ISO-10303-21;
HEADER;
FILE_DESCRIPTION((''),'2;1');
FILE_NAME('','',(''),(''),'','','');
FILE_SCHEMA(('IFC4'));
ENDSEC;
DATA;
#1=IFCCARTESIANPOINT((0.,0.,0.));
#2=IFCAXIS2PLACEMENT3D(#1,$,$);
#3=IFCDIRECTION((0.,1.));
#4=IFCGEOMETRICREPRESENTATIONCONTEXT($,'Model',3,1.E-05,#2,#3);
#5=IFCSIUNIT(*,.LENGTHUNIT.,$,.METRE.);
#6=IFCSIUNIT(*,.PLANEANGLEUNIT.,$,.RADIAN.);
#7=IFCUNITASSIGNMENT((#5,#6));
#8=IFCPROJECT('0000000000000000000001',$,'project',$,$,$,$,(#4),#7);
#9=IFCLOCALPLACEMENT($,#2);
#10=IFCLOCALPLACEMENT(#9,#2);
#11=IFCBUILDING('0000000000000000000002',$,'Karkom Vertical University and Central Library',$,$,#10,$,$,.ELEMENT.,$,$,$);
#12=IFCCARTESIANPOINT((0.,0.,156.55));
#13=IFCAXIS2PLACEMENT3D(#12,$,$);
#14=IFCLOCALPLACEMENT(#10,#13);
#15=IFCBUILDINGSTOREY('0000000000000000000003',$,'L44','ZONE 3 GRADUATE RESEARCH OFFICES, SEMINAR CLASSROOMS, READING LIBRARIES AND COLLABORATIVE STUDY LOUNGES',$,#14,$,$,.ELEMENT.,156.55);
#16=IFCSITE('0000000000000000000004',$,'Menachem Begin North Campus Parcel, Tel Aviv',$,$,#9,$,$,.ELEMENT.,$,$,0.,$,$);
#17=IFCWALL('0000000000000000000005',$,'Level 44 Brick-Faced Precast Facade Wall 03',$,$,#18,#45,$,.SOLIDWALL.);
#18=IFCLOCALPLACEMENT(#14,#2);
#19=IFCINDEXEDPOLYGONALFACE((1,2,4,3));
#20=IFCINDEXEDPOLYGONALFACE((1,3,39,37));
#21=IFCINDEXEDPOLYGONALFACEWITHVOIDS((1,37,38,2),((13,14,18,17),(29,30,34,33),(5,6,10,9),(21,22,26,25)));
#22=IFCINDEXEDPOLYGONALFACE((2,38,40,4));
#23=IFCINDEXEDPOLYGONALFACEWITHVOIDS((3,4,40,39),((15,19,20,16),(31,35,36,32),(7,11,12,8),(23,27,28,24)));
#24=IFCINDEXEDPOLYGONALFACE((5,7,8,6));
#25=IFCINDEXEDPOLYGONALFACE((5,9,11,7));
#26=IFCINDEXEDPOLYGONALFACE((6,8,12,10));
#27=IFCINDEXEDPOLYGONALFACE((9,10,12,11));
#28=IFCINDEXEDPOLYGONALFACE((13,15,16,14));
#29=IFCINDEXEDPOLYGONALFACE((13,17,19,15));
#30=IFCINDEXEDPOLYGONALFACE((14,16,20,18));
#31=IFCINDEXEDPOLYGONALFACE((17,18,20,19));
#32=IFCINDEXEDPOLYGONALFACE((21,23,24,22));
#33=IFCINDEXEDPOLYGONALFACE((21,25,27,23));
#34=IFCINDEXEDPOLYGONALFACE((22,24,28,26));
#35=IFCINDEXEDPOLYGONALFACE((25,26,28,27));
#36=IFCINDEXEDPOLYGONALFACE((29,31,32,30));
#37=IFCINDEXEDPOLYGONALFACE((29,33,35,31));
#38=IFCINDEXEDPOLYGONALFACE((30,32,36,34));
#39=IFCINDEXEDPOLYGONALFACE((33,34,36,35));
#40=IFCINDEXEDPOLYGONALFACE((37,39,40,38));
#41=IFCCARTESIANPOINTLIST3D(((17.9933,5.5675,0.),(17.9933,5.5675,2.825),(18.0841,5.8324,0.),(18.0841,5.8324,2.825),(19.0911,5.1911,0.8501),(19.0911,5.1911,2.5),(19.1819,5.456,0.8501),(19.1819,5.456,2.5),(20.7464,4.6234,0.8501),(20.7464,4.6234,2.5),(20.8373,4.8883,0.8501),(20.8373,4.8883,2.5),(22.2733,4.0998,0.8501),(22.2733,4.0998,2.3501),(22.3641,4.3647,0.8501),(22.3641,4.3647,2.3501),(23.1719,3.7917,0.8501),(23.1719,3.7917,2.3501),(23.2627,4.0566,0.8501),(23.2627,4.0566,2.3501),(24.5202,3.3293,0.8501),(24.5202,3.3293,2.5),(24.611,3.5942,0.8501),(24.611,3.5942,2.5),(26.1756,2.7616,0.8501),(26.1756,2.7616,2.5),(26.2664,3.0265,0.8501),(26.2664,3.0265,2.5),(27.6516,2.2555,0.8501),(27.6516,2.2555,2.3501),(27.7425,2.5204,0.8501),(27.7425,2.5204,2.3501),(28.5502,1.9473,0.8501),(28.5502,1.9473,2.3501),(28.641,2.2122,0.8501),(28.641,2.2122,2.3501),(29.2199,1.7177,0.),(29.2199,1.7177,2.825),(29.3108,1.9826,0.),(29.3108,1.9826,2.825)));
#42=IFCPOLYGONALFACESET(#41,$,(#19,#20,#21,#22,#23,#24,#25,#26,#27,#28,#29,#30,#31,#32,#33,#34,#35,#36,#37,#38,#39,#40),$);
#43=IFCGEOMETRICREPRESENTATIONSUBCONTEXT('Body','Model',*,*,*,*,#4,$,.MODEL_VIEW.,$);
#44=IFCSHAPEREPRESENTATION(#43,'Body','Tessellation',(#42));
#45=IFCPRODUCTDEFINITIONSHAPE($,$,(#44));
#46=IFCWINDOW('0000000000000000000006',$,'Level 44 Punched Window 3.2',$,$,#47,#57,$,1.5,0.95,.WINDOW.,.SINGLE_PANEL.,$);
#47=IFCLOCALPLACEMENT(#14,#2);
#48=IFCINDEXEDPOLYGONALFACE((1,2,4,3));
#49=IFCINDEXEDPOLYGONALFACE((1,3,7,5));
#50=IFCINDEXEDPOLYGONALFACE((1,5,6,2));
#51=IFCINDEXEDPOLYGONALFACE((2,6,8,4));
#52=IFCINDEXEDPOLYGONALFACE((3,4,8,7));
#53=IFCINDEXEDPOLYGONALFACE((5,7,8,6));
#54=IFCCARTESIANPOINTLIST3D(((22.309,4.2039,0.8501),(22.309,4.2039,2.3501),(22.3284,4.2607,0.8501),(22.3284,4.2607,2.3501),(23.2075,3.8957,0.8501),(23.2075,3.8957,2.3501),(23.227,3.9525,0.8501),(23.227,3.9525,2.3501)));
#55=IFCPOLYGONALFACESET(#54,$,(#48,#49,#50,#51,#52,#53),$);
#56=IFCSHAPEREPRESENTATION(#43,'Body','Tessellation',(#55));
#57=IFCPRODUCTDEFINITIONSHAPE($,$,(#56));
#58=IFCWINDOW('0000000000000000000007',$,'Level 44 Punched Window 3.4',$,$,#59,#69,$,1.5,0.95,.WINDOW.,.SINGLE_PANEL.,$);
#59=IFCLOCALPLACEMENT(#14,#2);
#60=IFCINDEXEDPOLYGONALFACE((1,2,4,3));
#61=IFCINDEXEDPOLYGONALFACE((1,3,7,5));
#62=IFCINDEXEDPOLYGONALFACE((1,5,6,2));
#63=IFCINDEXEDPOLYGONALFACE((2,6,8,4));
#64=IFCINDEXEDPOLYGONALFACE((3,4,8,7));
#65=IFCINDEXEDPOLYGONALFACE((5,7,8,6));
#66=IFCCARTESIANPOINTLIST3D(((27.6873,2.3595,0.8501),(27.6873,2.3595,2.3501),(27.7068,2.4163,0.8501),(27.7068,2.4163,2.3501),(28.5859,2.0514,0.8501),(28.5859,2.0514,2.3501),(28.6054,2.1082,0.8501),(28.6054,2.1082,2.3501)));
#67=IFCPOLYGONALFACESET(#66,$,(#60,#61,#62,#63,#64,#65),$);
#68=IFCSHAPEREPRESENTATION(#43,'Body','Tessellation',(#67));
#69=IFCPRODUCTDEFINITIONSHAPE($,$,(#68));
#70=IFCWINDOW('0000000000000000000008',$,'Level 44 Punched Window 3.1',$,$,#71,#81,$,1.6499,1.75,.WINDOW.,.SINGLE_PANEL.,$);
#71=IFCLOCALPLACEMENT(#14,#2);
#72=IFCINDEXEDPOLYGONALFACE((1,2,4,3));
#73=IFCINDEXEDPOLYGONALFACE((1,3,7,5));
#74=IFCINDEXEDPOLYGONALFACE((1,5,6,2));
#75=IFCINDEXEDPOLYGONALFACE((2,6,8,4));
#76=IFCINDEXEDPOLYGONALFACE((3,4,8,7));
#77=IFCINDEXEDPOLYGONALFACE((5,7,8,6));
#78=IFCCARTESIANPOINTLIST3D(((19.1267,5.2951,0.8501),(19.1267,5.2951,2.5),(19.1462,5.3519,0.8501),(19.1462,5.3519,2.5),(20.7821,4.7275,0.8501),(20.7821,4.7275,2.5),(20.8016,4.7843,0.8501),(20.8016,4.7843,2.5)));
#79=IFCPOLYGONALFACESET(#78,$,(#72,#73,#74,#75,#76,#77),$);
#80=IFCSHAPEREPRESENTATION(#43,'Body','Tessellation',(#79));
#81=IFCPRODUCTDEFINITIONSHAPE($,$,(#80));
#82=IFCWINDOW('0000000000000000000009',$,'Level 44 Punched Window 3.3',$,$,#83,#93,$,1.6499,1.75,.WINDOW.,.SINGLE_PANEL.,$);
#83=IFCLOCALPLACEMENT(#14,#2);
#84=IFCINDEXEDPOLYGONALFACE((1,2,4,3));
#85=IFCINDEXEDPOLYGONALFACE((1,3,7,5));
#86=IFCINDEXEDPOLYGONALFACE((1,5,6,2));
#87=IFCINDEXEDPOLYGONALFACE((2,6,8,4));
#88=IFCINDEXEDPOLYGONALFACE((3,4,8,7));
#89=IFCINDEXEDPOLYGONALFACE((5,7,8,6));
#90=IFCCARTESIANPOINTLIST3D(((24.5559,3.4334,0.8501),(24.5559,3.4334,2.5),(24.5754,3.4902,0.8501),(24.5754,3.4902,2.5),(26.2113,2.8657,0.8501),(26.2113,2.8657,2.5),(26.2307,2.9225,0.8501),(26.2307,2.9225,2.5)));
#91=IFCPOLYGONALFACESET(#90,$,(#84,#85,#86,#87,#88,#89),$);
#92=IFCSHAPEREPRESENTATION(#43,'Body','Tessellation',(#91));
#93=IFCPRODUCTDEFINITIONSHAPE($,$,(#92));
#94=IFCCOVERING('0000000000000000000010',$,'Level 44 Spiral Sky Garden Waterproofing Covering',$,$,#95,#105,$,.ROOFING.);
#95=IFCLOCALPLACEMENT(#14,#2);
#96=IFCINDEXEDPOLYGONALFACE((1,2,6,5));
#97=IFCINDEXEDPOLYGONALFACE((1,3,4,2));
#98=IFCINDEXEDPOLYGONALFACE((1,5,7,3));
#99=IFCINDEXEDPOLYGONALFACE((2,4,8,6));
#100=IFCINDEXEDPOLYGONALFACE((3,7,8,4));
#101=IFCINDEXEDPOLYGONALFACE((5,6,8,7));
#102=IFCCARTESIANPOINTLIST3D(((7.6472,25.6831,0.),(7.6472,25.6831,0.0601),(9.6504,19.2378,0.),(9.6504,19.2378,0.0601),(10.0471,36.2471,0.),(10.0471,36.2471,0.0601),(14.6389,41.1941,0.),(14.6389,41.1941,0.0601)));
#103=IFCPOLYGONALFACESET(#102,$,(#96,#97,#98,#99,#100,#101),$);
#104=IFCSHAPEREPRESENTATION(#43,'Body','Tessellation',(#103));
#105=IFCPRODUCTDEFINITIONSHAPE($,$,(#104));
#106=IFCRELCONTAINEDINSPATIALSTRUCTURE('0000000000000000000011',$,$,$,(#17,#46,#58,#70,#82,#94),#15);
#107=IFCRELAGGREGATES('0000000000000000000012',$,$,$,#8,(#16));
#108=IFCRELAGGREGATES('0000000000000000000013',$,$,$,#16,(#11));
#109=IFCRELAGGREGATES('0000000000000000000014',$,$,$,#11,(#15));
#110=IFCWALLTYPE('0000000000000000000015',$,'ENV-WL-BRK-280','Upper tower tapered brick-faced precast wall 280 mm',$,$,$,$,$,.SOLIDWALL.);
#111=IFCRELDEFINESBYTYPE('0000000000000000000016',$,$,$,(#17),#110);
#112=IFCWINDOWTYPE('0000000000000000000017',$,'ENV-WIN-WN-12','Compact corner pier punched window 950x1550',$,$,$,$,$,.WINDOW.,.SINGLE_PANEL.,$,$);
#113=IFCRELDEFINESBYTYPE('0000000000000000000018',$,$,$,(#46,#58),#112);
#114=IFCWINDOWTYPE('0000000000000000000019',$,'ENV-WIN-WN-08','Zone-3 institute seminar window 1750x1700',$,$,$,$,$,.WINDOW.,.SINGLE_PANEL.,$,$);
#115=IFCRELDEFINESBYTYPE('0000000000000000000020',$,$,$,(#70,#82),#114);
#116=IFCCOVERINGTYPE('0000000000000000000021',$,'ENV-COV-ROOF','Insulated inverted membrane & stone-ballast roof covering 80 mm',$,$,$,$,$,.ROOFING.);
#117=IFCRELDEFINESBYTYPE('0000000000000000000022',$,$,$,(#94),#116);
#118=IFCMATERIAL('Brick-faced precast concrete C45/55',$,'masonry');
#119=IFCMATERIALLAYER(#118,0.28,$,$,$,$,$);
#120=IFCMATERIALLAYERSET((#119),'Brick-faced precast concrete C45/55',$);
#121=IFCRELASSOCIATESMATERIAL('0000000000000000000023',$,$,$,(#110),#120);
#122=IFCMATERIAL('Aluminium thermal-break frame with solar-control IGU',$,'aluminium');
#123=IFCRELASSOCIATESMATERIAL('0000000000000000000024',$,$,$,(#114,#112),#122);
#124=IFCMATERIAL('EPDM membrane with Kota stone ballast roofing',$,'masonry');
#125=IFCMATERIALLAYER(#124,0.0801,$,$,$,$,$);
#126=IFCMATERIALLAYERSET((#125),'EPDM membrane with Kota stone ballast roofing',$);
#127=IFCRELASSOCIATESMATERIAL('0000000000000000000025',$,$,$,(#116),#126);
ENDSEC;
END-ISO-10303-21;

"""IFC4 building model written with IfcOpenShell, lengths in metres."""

from ifc_helpers import new_model, si_unit, direction, frame, frame_2d, origin, origin_with_axes, place, context, subcontext, project, spatial, polyline, rectangle, outline, extrude, source, transform, mapped, material, layer, layer_set, type_object, element, fill, save


model = new_model("IFC4")

# Units and contexts
model_context = context("Model", 3, precision=1e-05, world=origin(), true_north=direction((0.0, 1.0)))
body_context = subcontext(model_context, "Body", "Model", "MODEL_VIEW")
ifc_project = project(units=[si_unit("LENGTHUNIT", "METRE"), si_unit("PLANEANGLEUNIT", "RADIAN")], contexts=[model_context])

# Site, building, storey
site_placement = place(None, origin())
site = spatial("IfcSite", under=ifc_project, at=site_placement, Name="Menachem Begin North Campus Parcel, Tel Aviv", CompositionType="ELEMENT", RefElevation=0.0)
building_placement = place(site_placement, origin())
building = spatial("IfcBuilding", under=site, at=building_placement, Name="Karkom Vertical University and Central Library", CompositionType="ELEMENT")
storey_placement = place(building_placement, frame((0.0, 0.0, 156.55)))
storey = spatial("IfcBuildingStorey", under=building, at=storey_placement, Name="L44", Description="ZONE 3 GRADUATE RESEARCH OFFICES, SEMINAR CLASSROOMS, READING LIBRARIES AND COLLABORATIVE STUDY LOUNGES", CompositionType="ELEMENT", Elevation=156.55)

# Wall, openings, windows
ifc_material_1 = material(Name="Brick-faced precast concrete C45/55", Category="masonry")
ifc_layer_1 = layer(ifc_material_1, 0.28)
ifc_layer_set_1 = layer_set([ifc_layer_1], Name="Brick-faced precast concrete C45/55")
wall_type = type_object("IfcWallType", Name="ENV-WL-BRK-280", Description="Upper tower tapered brick-faced precast wall 280 mm", PredefinedType="SOLIDWALL", material=ifc_layer_set_1)
ifc_material_2 = material(Name="Aluminium thermal-break frame with solar-control IGU", Category="aluminium")
window_type_1 = type_object("IfcWindowType", Name="ENV-WIN-WN-08", Description="Zone-3 institute seminar window 1750x1700", PartitioningType="SINGLE_PANEL", PredefinedType="WINDOW", material=ifc_material_2)
shared_shape_1 = source(origin_with_axes(), body_context, "Body", "SweptSolid", [
    extrude(rectangle(XDim=1.75, YDim=1.6499, at=frame_2d((0.875, 0.825))), frame((0.0, 0.03, 0.0), z_axis=(0.0, -1.0, 0.0), x_axis=(1.0, 0.0, 0.0)), (0.0, 0.0, 1.0), 0.0601),
])
wall_1_placement = place(storey_placement, frame((18.0388, 5.7, 0.0), z_axis=(0.0, 0.0, 1.0), x_axis=(0.945927, -0.324381, 0.0)))
wall_1 = element("IfcWall", 1, at=wall_1_placement, inside=storey, type_object=wall_type, Name="Level 44 Brick-Faced Precast Facade Wall 03", PredefinedType="SOLIDWALL", context=body_context, shape_type="SweptSolid", body=[
    extrude(rectangle(XDim=11.8684, YDim=0.28, at=frame_2d((5.9341, 0.0))), origin(), (0.0, 0.0, 1.0), 2.825),
])
opening_1_placement = place(wall_1_placement, frame((1.1604, 0.0, 0.8501)))
opening_1 = element("IfcOpeningElement", 2, at=opening_1_placement, cuts=wall_1, PredefinedType="OPENING", context=body_context, shape_type="SweptSolid", body=[
    extrude(rectangle(XDim=1.75, YDim=1.6499, at=frame_2d((0.875, 0.825))), frame((0.0, 0.1499, 0.0), z_axis=(0.0, -1.0, 0.0), x_axis=(1.0, 0.0, 0.0)), (0.0, 0.0, 1.0), 0.3),
])
opening_2_placement = place(wall_1_placement, frame((4.5244, 0.0, 0.8501)))
opening_2 = element("IfcOpeningElement", 3, at=opening_2_placement, cuts=wall_1, PredefinedType="OPENING", context=body_context, shape_type="SweptSolid", body=[
    extrude(rectangle(XDim=0.95, YDim=1.5, at=frame_2d((0.4751, 0.75))), frame((0.0, 0.1499, 0.0), z_axis=(0.0, -1.0, 0.0), x_axis=(1.0, 0.0, 0.0)), (0.0, 0.0, 1.0), 0.3),
])
opening_3_placement = place(wall_1_placement, frame((6.8999, 0.0, 0.8501)))
opening_3 = element("IfcOpeningElement", 4, at=opening_3_placement, cuts=wall_1, PredefinedType="OPENING", context=body_context, shape_type="SweptSolid", body=[
    extrude(rectangle(XDim=1.75, YDim=1.6499, at=frame_2d((0.875, 0.825))), frame((0.0, 0.1499, 0.0), z_axis=(0.0, -1.0, 0.0), x_axis=(1.0, 0.0, 0.0)), (0.0, 0.0, 1.0), 0.3),
])
opening_4_placement = place(wall_1_placement, frame((10.2102, 0.0, 0.8501)))
opening_4 = element("IfcOpeningElement", 5, at=opening_4_placement, cuts=wall_1, PredefinedType="OPENING", context=body_context, shape_type="SweptSolid", body=[
    extrude(rectangle(XDim=0.95, YDim=1.5, at=frame_2d((0.4751, 0.75))), frame((0.0, 0.1499, 0.0), z_axis=(0.0, -1.0, 0.0), x_axis=(1.0, 0.0, 0.0)), (0.0, 0.0, 1.0), 0.3),
])
window_type_2 = type_object("IfcWindowType", Name="ENV-WIN-WN-12", Description="Compact corner pier punched window 950x1550", PartitioningType="SINGLE_PANEL", PredefinedType="WINDOW", material=ifc_material_2)
shared_shape_2 = source(origin_with_axes(), body_context, "Body", "SweptSolid", [
    extrude(rectangle(XDim=0.95, YDim=1.5, at=frame_2d((0.4751, 0.75))), frame((0.0, 0.03, 0.0), z_axis=(0.0, -1.0, 0.0), x_axis=(1.0, 0.0, 0.0)), (0.0, 0.0, 1.0), 0.0601),
])
window_1_placement = place(opening_2_placement, origin())
window_1 = element("IfcWindow", 6, at=window_1_placement, inside=storey, type_object=window_type_2, Name="Level 44 Punched Window 3.2", OverallHeight=1.5, OverallWidth=0.95, PartitioningType="SINGLE_PANEL", PredefinedType="WINDOW", context=body_context, shape_type="MappedRepresentation", body=[
    mapped(shared_shape_2, transform((0.0, 0.0, 0.0), scale=1.0)),
])
fill(opening_2, window_1)
window_2_placement = place(opening_4_placement, origin())
window_2 = element("IfcWindow", 7, at=window_2_placement, inside=storey, type_object=window_type_2, Name="Level 44 Punched Window 3.4", OverallHeight=1.5, OverallWidth=0.95, PartitioningType="SINGLE_PANEL", PredefinedType="WINDOW", context=body_context, shape_type="MappedRepresentation", body=[
    mapped(shared_shape_2, transform((0.0, 0.0, 0.0), scale=1.0)),
])
fill(opening_4, window_2)
window_3_placement = place(opening_1_placement, origin())
window_3 = element("IfcWindow", 8, at=window_3_placement, inside=storey, type_object=window_type_1, Name="Level 44 Punched Window 3.1", OverallHeight=1.6499, OverallWidth=1.75, PartitioningType="SINGLE_PANEL", PredefinedType="WINDOW", context=body_context, shape_type="MappedRepresentation", body=[
    mapped(shared_shape_1, transform((0.0, 0.0, 0.0), scale=1.0)),
])
fill(opening_1, window_3)
window_4_placement = place(opening_3_placement, origin())
window_4 = element("IfcWindow", 9, at=window_4_placement, inside=storey, type_object=window_type_1, Name="Level 44 Punched Window 3.3", OverallHeight=1.6499, OverallWidth=1.75, PartitioningType="SINGLE_PANEL", PredefinedType="WINDOW", context=body_context, shape_type="MappedRepresentation", body=[
    mapped(shared_shape_1, transform((0.0, 0.0, 0.0), scale=1.0)),
])
fill(opening_3, window_4)

# Covering
ifc_material_3 = material(Name="EPDM membrane with Kota stone ballast roofing", Category="masonry")
ifc_layer_2 = layer(ifc_material_3, 0.0801)
ifc_layer_set_2 = layer_set([ifc_layer_2], Name="EPDM membrane with Kota stone ballast roofing")
covering_type = type_object("IfcCoveringType", Name="ENV-COV-ROOF", Description="Insulated inverted membrane & stone-ballast roof covering 80 mm", PredefinedType="ROOFING", material=ifc_layer_set_2)
covering_placement = place(storey_placement, origin())
element("IfcCovering", 10, at=covering_placement, inside=storey, type_object=covering_type, Name="Level 44 Spiral Sky Garden Waterproofing Covering", PredefinedType="ROOFING", context=body_context, shape_type="SweptSolid", body=[
    extrude(outline(polyline([(7.6472, 25.6831), (10.0471, 36.2471), (14.6389, 41.1941), (9.6504, 19.2378), (7.6472, 25.6831)])), origin(), (0.0, 0.0, 1.0), 0.0601),
])

save(model, "model.ifc")
